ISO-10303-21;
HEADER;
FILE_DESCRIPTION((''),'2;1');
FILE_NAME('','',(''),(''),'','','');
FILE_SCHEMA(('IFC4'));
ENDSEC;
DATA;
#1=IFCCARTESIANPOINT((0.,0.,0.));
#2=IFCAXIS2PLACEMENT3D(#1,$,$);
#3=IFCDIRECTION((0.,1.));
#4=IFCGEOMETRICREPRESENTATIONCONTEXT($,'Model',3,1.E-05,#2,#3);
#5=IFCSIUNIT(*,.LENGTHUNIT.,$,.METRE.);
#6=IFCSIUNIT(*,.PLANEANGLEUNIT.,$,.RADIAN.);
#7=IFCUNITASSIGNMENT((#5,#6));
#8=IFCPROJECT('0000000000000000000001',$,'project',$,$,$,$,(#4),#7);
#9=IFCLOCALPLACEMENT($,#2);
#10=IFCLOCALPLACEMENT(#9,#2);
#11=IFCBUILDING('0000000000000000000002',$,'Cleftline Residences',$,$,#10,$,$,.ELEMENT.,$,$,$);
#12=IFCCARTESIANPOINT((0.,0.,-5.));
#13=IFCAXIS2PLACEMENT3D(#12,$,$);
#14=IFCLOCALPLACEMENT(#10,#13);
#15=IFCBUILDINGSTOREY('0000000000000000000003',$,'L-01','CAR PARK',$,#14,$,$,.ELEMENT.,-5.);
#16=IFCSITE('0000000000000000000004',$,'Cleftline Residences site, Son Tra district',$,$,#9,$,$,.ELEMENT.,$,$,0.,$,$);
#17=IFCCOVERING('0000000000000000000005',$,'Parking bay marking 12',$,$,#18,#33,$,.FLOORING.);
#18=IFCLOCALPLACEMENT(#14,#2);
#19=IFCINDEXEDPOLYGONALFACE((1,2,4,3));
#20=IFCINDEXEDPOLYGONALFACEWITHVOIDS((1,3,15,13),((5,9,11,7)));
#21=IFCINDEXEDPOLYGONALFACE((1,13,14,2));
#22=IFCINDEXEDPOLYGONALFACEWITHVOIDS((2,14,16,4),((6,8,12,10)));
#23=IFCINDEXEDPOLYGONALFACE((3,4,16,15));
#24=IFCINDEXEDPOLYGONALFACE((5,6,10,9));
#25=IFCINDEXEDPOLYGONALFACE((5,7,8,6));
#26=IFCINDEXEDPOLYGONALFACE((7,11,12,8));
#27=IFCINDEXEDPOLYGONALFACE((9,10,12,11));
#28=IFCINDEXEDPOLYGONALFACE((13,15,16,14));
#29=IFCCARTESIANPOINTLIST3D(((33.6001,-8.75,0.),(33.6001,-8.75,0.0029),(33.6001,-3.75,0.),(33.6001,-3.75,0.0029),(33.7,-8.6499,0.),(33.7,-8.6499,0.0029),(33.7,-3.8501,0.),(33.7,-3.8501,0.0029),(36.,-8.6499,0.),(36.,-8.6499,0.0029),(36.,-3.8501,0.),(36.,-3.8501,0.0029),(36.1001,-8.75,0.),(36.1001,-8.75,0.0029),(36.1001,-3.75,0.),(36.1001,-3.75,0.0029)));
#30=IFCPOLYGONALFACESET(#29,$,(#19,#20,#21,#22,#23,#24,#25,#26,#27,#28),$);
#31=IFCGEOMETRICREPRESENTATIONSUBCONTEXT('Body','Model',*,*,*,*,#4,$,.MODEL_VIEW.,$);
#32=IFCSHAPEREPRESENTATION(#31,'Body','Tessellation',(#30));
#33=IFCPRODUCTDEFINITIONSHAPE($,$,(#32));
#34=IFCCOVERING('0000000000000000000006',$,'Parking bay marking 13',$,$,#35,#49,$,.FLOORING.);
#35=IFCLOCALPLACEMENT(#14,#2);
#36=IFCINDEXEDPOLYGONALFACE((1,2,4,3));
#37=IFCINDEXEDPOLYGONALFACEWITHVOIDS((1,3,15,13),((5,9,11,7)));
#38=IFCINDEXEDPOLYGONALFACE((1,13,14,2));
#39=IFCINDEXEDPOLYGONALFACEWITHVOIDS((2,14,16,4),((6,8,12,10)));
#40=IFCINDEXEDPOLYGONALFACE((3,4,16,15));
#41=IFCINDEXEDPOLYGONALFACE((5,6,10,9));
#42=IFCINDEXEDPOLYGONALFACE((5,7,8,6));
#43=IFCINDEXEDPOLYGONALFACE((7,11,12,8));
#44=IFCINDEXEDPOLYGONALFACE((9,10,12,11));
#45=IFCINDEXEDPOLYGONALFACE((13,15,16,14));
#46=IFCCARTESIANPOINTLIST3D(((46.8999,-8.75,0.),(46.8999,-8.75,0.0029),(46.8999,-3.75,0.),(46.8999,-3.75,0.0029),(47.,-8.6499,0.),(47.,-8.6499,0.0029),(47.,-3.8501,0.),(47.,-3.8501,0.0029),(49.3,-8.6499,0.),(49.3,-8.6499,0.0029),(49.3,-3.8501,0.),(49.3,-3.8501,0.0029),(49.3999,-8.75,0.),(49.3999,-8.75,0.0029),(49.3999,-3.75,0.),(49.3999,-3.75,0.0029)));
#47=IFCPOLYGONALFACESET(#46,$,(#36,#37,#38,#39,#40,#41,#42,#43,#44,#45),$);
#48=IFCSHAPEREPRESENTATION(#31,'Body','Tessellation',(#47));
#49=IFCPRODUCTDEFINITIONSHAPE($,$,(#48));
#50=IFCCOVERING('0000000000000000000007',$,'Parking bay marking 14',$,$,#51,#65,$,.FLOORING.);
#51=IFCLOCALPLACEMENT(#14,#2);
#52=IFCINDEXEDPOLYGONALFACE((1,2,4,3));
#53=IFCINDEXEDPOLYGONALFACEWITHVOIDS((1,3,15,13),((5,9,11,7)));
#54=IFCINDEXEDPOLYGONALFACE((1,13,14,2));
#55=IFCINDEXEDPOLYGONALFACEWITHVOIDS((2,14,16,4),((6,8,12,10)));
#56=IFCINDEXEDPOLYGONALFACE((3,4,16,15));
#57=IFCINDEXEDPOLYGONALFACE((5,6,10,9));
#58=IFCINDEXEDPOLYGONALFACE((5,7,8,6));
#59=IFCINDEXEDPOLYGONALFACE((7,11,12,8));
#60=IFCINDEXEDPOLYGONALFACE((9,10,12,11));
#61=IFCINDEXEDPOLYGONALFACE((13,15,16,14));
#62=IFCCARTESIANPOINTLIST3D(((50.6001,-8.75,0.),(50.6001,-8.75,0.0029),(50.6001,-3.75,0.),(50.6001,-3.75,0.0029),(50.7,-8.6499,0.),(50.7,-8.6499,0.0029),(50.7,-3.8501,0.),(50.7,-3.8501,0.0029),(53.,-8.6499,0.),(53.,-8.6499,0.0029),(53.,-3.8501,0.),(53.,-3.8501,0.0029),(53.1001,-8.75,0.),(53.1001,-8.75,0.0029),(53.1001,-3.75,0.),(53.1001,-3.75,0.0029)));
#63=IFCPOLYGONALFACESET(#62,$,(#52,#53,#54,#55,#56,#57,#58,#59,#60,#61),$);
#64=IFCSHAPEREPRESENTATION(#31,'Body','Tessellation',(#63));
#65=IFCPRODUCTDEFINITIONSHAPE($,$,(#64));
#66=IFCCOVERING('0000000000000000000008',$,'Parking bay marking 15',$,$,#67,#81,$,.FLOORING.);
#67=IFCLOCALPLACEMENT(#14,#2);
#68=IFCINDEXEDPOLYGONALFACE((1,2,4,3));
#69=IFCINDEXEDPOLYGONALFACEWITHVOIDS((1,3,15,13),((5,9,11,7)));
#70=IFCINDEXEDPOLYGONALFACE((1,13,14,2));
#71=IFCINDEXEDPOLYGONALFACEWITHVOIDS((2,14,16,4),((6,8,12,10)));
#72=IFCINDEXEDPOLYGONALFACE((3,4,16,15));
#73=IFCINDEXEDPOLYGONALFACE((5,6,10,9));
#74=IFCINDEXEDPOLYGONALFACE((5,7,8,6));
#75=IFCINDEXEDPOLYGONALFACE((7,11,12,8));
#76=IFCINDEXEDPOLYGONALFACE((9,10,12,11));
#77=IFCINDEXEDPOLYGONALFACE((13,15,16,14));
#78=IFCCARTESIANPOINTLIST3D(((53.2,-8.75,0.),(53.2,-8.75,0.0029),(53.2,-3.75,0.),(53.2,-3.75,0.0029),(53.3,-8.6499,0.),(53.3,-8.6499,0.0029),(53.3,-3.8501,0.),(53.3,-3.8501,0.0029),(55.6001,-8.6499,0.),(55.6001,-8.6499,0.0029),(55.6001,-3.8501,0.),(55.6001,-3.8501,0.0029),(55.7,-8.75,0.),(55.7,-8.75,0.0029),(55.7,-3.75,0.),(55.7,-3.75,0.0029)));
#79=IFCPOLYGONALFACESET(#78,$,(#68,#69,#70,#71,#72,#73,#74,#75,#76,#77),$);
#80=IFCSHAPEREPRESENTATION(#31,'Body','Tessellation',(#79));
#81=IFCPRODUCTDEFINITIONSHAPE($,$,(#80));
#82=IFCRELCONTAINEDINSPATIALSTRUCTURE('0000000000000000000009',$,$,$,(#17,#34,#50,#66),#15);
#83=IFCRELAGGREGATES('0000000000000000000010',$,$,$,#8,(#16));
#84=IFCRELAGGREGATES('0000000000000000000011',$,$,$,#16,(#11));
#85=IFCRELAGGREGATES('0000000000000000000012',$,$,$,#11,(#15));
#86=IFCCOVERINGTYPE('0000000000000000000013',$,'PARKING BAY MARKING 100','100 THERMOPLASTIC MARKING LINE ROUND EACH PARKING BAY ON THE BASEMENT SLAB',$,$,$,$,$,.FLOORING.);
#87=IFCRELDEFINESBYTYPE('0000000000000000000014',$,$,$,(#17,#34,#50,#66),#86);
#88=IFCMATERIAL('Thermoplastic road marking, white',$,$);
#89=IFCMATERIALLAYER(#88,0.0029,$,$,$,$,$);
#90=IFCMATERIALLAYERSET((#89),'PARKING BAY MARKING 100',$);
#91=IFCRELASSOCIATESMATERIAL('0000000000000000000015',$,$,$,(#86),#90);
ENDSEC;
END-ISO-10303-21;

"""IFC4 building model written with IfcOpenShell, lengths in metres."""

from ifc_helpers import new_model, si_unit, direction, frame, origin, place, context, subcontext, project, spatial, polyline, outline, extrude, material, layer, layer_set, type_object, element, save


model = new_model("IFC4")

# Units and contexts
model_context = context("Model", 3, precision=1e-05, world=origin(), true_north=direction((0.0, 1.0)))
body_context = subcontext(model_context, "Body", "Model", "MODEL_VIEW")
ifc_project = project(units=[si_unit("LENGTHUNIT", "METRE"), si_unit("PLANEANGLEUNIT", "RADIAN")], contexts=[model_context])

# Site, building, storey
site_placement = place(None, origin())
site = spatial("IfcSite", under=ifc_project, at=site_placement, Name="Cleftline Residences site, Son Tra district", CompositionType="ELEMENT", RefElevation=0.0)
building_placement = place(site_placement, origin())
building = spatial("IfcBuilding", under=site, at=building_placement, Name="Cleftline Residences", CompositionType="ELEMENT")
storey_placement = place(building_placement, frame((0.0, 0.0, -5.0)))
storey = spatial("IfcBuildingStorey", under=building, at=storey_placement, Name="L-01", Description="CAR PARK", CompositionType="ELEMENT", Elevation=-5.0)

# Coverings
ifc_material_1 = material(Name="Thermoplastic road marking, white")
ifc_layer_1 = layer(ifc_material_1, 0.0029)
ifc_layer_set_1 = layer_set([ifc_layer_1], Name="PARKING BAY MARKING 100")
covering_type_1 = type_object("IfcCoveringType", Name="PARKING BAY MARKING 100", Description="100 THERMOPLASTIC MARKING LINE ROUND EACH PARKING BAY ON THE BASEMENT SLAB", PredefinedType="FLOORING", material=ifc_layer_set_1)
covering_1_placement = place(storey_placement, origin())
element("IfcCovering", 1, at=covering_1_placement, inside=storey, type_object=covering_type_1, Name="Parking bay marking 12", PredefinedType="FLOORING", context=body_context, shape_type="SweptSolid", body=[
    extrude(outline(polyline([(36.1001, -8.75), (36.1001, -3.75), (33.6001, -3.75), (33.6001, -8.75), (36.1001, -8.75)]), holes=[polyline([(36.0, -3.8501), (33.7, -3.8501), (33.7, -8.6499), (36.0, -8.6499), (36.0, -3.8501)])]), origin(), (0.0, 0.0, 1.0), 0.0029),
])
covering_2_placement = place(storey_placement, origin())
element("IfcCovering", 2, at=covering_2_placement, inside=storey, type_object=covering_type_1, Name="Parking bay marking 13", PredefinedType="FLOORING", context=body_context, shape_type="SweptSolid", body=[
    extrude(outline(polyline([(49.3999, -8.75), (49.3999, -3.75), (46.8999, -3.75), (46.8999, -8.75), (49.3999, -8.75)]), holes=[polyline([(49.3, -3.8501), (47.0, -3.8501), (47.0, -8.6499), (49.3, -8.6499), (49.3, -3.8501)])]), origin(), (0.0, 0.0, 1.0), 0.0029),
])
covering_3_placement = place(storey_placement, origin())
element("IfcCovering", 3, at=covering_3_placement, inside=storey, type_object=covering_type_1, Name="Parking bay marking 14", PredefinedType="FLOORING", context=body_context, shape_type="SweptSolid", body=[
    extrude(outline(polyline([(53.1001, -8.75), (53.1001, -3.75), (50.6001, -3.75), (50.6001, -8.75), (53.1001, -8.75)]), holes=[polyline([(53.0, -3.8501), (50.7, -3.8501), (50.7, -8.6499), (53.0, -8.6499), (53.0, -3.8501)])]), origin(), (0.0, 0.0, 1.0), 0.0029),
])
covering_4_placement = place(storey_placement, origin())
element("IfcCovering", 4, at=covering_4_placement, inside=storey, type_object=covering_type_1, Name="Parking bay marking 15", PredefinedType="FLOORING", context=body_context, shape_type="SweptSolid", body=[
    extrude(outline(polyline([(55.7, -8.75), (55.7, -3.75), (53.2, -3.75), (53.2, -8.75), (55.7, -8.75)]), holes=[polyline([(55.6001, -3.8501), (53.3, -3.8501), (53.3, -8.6499), (55.6001, -8.6499), (55.6001, -3.8501)])]), origin(), (0.0, 0.0, 1.0), 0.0029),
])

save(model, "model.ifc")
